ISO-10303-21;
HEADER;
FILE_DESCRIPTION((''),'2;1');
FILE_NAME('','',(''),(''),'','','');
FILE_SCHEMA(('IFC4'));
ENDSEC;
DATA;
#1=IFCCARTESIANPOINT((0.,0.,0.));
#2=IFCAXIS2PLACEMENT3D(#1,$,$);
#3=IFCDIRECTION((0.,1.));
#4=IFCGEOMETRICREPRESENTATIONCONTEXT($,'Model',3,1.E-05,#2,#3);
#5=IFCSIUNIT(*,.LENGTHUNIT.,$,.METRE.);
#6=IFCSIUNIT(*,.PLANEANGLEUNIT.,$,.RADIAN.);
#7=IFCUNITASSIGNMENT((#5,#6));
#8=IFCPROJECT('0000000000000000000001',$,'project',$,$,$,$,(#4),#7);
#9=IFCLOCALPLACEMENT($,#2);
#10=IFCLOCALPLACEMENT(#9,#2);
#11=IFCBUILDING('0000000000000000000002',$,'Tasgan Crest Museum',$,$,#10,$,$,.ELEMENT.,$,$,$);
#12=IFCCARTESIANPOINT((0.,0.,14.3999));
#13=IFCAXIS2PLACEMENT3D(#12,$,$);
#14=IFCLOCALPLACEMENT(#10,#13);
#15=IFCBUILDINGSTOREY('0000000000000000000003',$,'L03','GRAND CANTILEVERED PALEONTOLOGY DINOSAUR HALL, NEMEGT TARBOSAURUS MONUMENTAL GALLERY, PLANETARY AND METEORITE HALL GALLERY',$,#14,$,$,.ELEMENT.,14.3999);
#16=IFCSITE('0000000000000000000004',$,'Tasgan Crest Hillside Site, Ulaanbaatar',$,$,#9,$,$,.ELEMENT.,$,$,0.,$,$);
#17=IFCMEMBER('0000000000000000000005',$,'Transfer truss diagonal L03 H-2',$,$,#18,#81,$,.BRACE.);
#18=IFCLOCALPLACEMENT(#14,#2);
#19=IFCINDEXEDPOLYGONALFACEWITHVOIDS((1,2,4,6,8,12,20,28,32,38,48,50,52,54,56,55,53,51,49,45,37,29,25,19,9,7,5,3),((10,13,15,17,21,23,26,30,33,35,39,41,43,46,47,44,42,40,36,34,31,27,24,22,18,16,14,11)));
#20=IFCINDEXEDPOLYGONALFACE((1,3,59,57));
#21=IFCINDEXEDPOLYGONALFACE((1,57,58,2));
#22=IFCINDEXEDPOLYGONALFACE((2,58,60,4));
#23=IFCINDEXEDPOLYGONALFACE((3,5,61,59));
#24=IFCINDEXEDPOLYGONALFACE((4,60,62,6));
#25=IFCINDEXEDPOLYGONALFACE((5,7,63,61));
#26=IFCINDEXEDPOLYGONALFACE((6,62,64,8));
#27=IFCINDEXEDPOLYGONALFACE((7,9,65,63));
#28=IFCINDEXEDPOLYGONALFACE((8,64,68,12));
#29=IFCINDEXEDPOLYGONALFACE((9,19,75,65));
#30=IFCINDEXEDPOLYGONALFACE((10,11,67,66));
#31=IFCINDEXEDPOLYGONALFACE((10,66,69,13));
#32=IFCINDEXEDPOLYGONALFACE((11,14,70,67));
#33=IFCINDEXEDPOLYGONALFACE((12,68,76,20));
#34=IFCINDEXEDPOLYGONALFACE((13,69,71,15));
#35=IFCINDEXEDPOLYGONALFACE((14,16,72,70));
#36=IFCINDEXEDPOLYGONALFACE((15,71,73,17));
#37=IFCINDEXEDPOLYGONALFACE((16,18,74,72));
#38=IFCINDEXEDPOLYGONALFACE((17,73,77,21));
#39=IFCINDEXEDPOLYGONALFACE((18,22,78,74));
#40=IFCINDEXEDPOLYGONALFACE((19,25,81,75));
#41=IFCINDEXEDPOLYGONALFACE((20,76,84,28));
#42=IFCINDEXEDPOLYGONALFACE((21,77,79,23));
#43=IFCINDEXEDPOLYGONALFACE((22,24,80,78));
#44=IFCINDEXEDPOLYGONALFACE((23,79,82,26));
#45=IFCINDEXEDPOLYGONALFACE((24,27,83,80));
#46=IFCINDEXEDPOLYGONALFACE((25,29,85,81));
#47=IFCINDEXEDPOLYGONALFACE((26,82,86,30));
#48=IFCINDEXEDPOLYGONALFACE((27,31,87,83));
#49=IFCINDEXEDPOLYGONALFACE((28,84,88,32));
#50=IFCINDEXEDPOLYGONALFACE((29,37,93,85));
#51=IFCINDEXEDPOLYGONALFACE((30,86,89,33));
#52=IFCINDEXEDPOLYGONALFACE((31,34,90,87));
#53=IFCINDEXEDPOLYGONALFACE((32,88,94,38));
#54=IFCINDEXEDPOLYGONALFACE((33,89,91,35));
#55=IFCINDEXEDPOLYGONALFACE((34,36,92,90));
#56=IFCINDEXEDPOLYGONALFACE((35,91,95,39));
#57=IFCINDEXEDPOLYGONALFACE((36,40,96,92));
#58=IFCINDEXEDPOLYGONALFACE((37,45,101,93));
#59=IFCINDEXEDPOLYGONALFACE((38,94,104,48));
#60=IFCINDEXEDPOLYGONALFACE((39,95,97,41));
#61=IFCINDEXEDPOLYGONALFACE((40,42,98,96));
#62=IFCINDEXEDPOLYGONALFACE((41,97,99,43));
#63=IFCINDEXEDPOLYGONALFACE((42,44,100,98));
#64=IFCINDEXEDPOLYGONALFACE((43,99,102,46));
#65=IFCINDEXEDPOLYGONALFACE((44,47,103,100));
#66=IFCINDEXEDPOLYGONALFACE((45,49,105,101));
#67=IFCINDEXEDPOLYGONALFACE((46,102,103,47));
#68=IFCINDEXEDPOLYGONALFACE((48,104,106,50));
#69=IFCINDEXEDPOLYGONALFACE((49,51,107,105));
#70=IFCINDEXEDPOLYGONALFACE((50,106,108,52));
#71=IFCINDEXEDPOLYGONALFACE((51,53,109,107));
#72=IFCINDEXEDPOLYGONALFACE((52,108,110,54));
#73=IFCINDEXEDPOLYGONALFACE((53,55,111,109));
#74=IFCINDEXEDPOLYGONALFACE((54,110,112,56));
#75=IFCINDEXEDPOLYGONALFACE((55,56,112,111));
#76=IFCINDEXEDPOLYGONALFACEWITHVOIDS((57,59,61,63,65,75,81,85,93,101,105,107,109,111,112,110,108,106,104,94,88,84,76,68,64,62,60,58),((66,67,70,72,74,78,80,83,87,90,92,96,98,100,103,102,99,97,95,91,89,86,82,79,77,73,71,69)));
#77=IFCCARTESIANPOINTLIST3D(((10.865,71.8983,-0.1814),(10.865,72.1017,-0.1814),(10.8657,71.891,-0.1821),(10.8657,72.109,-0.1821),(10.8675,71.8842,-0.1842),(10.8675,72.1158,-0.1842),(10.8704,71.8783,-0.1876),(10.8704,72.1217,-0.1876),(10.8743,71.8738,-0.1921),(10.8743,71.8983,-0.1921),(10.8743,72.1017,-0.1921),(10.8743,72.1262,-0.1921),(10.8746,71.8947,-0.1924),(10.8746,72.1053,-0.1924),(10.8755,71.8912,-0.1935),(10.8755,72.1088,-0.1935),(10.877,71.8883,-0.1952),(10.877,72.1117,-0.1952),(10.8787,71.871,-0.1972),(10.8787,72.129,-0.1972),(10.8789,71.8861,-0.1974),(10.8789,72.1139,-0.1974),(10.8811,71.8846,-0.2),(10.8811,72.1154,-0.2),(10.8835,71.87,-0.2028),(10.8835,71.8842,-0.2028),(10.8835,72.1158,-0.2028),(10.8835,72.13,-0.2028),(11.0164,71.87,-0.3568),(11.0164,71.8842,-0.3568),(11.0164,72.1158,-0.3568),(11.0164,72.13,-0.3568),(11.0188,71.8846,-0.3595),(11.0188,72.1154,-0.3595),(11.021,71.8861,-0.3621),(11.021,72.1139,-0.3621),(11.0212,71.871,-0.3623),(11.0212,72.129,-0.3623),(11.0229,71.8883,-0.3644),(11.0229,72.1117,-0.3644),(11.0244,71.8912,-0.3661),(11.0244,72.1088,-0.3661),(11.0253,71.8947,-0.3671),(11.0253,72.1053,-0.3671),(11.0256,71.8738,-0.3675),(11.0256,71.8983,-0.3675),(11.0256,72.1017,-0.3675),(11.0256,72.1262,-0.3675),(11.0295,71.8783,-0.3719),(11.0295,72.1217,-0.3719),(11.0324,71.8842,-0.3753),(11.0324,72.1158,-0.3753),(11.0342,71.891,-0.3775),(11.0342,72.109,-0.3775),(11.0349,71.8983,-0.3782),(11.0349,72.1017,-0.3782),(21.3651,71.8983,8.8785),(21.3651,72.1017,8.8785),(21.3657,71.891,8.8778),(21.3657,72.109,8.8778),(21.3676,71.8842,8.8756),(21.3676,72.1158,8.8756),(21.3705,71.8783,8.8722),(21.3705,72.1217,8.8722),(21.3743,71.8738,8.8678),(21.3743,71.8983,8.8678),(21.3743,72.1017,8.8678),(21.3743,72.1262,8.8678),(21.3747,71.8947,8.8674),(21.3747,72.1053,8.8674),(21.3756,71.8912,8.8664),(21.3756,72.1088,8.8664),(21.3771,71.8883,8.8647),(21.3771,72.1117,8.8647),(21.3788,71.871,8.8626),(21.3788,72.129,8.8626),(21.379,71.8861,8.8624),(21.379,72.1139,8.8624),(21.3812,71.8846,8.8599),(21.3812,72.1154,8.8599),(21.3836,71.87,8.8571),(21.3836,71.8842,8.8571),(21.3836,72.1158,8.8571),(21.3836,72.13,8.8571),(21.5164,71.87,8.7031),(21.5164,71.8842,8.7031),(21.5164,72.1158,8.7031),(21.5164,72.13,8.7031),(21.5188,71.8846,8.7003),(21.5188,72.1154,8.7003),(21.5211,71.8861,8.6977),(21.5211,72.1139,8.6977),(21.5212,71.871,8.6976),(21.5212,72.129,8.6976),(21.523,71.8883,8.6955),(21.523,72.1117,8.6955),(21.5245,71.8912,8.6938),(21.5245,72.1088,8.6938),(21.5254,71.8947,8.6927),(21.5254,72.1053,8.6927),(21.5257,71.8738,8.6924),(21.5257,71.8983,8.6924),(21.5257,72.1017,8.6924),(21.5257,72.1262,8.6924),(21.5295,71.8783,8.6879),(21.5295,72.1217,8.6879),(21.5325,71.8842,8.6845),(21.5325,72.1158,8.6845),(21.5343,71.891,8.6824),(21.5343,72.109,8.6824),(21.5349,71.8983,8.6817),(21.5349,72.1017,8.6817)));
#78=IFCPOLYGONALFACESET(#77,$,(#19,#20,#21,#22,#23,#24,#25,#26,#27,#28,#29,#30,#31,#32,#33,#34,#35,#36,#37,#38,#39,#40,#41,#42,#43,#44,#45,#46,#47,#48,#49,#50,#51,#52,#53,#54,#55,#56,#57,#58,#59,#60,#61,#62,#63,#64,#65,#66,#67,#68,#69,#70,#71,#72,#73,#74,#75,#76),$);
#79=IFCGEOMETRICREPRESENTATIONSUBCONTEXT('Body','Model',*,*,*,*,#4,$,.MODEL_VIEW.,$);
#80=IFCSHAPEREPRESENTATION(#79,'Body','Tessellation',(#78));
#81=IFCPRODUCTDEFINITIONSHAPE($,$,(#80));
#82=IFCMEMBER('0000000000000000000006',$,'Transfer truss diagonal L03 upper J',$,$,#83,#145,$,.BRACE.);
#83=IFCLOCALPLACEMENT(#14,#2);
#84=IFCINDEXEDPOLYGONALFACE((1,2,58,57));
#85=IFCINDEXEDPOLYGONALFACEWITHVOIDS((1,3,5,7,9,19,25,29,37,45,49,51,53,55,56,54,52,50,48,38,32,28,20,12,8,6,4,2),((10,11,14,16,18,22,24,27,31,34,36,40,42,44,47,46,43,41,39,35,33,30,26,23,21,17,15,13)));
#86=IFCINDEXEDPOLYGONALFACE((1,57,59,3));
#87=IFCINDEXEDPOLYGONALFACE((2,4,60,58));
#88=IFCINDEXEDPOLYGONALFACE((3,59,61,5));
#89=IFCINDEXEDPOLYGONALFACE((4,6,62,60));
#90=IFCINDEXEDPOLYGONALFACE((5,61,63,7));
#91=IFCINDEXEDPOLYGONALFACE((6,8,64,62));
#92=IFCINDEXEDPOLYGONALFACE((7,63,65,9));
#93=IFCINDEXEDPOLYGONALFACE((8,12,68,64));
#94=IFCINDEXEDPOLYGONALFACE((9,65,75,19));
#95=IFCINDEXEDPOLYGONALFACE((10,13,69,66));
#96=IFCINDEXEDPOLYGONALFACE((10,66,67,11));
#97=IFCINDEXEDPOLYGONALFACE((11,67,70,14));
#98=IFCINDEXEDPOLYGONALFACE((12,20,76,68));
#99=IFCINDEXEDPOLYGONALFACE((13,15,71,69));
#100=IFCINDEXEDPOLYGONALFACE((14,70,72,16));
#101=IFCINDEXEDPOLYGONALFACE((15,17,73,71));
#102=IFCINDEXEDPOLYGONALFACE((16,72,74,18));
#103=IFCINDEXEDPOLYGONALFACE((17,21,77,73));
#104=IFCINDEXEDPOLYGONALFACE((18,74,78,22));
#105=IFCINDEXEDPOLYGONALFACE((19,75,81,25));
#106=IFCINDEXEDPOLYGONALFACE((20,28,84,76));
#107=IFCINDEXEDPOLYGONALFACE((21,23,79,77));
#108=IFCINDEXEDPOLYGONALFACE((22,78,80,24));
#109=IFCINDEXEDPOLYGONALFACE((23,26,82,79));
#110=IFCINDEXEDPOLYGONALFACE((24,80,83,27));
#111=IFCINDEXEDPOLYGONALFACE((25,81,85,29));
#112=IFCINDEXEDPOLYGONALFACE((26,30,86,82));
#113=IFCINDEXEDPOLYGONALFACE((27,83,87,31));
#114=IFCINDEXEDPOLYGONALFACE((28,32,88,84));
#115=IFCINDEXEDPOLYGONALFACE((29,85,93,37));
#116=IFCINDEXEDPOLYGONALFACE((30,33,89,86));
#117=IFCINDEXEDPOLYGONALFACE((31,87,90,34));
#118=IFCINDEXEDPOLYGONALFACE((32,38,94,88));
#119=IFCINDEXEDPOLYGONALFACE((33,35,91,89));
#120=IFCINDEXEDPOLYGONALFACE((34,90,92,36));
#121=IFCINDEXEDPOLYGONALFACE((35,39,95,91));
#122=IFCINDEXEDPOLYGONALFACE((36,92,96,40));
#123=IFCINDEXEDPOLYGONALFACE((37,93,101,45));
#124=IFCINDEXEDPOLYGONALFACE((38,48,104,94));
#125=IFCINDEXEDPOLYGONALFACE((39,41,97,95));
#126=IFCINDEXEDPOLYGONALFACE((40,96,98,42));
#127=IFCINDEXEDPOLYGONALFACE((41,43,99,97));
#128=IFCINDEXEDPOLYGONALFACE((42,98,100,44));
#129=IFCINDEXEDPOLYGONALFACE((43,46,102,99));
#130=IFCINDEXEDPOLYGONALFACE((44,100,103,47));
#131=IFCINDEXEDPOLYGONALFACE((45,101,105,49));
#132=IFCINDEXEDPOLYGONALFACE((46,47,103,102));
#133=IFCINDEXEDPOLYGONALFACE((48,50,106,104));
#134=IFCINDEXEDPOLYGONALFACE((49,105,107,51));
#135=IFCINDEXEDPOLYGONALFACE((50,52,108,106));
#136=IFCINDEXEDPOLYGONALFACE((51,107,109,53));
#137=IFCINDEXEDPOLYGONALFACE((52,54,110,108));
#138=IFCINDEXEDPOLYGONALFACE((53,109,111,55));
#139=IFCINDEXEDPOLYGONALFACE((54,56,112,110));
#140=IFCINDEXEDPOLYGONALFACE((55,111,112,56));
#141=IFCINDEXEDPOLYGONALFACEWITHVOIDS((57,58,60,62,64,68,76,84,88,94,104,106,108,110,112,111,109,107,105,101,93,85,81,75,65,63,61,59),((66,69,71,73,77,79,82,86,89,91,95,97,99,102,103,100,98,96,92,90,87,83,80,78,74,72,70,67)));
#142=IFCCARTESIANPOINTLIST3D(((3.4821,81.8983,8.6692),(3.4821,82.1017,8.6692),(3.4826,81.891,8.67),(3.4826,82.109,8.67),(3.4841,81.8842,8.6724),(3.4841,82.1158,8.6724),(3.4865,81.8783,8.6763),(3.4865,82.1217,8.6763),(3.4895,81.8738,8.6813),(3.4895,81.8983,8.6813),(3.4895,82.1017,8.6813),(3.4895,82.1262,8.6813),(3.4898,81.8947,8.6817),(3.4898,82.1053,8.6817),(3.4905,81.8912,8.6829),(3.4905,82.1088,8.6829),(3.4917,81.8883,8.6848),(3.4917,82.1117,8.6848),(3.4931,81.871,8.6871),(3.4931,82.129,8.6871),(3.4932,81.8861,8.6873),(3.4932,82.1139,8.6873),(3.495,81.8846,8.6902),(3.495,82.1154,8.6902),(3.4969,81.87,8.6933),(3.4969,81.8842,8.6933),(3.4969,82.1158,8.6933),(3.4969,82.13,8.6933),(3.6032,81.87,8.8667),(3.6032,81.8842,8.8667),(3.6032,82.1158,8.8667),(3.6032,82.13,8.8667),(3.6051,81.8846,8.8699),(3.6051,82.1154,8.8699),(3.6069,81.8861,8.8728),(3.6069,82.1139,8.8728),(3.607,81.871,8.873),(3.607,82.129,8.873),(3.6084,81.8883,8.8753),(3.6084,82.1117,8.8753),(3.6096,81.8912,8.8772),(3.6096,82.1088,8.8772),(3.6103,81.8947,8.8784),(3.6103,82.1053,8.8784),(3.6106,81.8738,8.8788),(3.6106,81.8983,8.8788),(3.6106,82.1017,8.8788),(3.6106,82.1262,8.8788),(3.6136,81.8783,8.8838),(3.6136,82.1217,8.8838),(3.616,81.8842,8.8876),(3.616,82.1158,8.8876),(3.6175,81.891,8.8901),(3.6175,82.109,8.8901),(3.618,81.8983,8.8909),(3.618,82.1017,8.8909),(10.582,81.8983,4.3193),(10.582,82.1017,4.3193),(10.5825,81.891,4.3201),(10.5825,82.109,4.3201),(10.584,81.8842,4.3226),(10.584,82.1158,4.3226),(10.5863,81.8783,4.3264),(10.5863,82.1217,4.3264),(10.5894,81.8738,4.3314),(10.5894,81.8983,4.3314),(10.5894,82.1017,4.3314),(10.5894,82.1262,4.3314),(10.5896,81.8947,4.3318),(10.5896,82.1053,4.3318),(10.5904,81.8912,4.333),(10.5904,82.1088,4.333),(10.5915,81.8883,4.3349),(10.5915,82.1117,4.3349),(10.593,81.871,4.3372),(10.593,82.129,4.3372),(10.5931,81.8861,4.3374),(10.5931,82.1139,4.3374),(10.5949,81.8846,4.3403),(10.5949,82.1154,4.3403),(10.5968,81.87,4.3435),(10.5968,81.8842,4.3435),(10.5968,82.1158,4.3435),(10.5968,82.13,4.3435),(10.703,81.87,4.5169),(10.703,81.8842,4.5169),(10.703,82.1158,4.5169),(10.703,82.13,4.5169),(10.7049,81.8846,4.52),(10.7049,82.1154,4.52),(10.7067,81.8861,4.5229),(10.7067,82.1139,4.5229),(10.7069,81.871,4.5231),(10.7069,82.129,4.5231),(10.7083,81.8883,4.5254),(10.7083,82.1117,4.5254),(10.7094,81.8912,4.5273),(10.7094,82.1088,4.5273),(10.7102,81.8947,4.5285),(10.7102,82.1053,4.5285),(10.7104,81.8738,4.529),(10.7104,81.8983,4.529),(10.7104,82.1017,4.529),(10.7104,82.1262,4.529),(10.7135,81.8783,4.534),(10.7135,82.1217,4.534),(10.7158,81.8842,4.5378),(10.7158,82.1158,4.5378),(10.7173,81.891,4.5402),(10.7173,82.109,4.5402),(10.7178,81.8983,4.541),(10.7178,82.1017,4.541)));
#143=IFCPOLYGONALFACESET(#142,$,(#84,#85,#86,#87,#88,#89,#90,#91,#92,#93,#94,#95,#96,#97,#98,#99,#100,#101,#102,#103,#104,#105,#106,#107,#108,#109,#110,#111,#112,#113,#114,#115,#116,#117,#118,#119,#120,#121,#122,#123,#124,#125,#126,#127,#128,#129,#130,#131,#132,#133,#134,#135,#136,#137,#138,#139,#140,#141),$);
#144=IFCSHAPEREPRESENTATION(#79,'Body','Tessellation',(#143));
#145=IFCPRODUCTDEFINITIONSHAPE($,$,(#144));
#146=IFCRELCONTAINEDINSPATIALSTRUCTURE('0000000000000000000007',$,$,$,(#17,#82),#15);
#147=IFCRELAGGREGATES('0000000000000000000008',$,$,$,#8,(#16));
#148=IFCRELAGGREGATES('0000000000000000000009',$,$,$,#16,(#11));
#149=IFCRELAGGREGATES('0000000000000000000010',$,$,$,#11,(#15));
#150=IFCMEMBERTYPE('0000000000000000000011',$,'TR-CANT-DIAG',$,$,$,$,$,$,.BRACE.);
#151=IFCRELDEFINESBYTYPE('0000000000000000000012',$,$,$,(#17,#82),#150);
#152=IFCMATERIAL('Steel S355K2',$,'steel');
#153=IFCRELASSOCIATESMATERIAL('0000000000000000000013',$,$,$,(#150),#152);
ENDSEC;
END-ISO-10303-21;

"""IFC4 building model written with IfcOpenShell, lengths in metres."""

from ifc_helpers import new_model, si_unit, direction, frame, origin, origin_2d, place, context, subcontext, project, spatial, hollow_rectangle, extrude, material, material_profile, profile_set, type_object, element, save


model = new_model("IFC4")

# Units and contexts
model_context = context("Model", 3, precision=1e-05, world=origin(), true_north=direction((0.0, 1.0)))
body_context = subcontext(model_context, "Body", "Model", "MODEL_VIEW")
ifc_project = project(units=[si_unit("LENGTHUNIT", "METRE"), si_unit("PLANEANGLEUNIT", "RADIAN")], contexts=[model_context])

# Site, building, storey
site_placement = place(None, origin())
site = spatial("IfcSite", under=ifc_project, at=site_placement, Name="Tasgan Crest Hillside Site, Ulaanbaatar", CompositionType="ELEMENT", RefElevation=0.0)
building_placement = place(site_placement, origin())
building = spatial("IfcBuilding", under=site, at=building_placement, Name="Tasgan Crest Museum", CompositionType="ELEMENT")
storey_placement = place(building_placement, frame((0.0, 0.0, 14.3999)))
storey = spatial("IfcBuildingStorey", under=building, at=storey_placement, Name="L03", Description="GRAND CANTILEVERED PALEONTOLOGY DINOSAUR HALL, NEMEGT TARBOSAURUS MONUMENTAL GALLERY, PLANETARY AND METEORITE HALL GALLERY", CompositionType="ELEMENT", Elevation=14.3999)

# Members
ifc_material_1 = material(Name="Steel S355K2", Category="steel")
ifc_material_profile_1 = material_profile(ifc_material_1, hollow_rectangle(XDim=0.26, YDim=0.26, WallThickness=0.0142, InnerFilletRadius=0.0142, OuterFilletRadius=0.0283, at=origin_2d()), Name="SHS 260x260x14.2")
ifc_profile_set_1 = profile_set([ifc_material_profile_1], Name="Steel S355K2")
member_type = type_object("IfcMemberType", Name="TR-CANT-DIAG", PredefinedType="BRACE", material=ifc_profile_set_1)
member_1_placement = place(storey_placement, frame((10.95, 72.0, -0.2798), z_axis=(0.757121, 0.0, 0.653274), x_axis=(0.0, 1.0, 0.0)))
element("IfcMember", 1, at=member_1_placement, inside=storey, type_object=member_type, Name="Transfer truss diagonal L03 H-2", PredefinedType="BRACE", context=body_context, shape_type="SweptSolid", body=[
    extrude(hollow_rectangle(XDim=0.26, YDim=0.26, WallThickness=0.0142, InnerFilletRadius=0.0142, OuterFilletRadius=0.0283, at=origin_2d()), origin(), (0.0, 0.0, 1.0), 13.8684),
])
member_2_placement = place(storey_placement, frame((10.6499, 82.0, 4.4302), z_axis=(-0.852691, 0.0, 0.522416), x_axis=(0.0, -1.0, 0.0)))
element("IfcMember", 2, at=member_2_placement, inside=storey, type_object=member_type, Name="Transfer truss diagonal L03 upper J", PredefinedType="BRACE", context=body_context, shape_type="SweptSolid", body=[
    extrude(hollow_rectangle(XDim=0.26, YDim=0.26, WallThickness=0.0142, InnerFilletRadius=0.0142, OuterFilletRadius=0.0283, at=origin_2d()), origin(), (0.0, 0.0, 1.0), 8.3264),
])

save(model, "model.ifc")
